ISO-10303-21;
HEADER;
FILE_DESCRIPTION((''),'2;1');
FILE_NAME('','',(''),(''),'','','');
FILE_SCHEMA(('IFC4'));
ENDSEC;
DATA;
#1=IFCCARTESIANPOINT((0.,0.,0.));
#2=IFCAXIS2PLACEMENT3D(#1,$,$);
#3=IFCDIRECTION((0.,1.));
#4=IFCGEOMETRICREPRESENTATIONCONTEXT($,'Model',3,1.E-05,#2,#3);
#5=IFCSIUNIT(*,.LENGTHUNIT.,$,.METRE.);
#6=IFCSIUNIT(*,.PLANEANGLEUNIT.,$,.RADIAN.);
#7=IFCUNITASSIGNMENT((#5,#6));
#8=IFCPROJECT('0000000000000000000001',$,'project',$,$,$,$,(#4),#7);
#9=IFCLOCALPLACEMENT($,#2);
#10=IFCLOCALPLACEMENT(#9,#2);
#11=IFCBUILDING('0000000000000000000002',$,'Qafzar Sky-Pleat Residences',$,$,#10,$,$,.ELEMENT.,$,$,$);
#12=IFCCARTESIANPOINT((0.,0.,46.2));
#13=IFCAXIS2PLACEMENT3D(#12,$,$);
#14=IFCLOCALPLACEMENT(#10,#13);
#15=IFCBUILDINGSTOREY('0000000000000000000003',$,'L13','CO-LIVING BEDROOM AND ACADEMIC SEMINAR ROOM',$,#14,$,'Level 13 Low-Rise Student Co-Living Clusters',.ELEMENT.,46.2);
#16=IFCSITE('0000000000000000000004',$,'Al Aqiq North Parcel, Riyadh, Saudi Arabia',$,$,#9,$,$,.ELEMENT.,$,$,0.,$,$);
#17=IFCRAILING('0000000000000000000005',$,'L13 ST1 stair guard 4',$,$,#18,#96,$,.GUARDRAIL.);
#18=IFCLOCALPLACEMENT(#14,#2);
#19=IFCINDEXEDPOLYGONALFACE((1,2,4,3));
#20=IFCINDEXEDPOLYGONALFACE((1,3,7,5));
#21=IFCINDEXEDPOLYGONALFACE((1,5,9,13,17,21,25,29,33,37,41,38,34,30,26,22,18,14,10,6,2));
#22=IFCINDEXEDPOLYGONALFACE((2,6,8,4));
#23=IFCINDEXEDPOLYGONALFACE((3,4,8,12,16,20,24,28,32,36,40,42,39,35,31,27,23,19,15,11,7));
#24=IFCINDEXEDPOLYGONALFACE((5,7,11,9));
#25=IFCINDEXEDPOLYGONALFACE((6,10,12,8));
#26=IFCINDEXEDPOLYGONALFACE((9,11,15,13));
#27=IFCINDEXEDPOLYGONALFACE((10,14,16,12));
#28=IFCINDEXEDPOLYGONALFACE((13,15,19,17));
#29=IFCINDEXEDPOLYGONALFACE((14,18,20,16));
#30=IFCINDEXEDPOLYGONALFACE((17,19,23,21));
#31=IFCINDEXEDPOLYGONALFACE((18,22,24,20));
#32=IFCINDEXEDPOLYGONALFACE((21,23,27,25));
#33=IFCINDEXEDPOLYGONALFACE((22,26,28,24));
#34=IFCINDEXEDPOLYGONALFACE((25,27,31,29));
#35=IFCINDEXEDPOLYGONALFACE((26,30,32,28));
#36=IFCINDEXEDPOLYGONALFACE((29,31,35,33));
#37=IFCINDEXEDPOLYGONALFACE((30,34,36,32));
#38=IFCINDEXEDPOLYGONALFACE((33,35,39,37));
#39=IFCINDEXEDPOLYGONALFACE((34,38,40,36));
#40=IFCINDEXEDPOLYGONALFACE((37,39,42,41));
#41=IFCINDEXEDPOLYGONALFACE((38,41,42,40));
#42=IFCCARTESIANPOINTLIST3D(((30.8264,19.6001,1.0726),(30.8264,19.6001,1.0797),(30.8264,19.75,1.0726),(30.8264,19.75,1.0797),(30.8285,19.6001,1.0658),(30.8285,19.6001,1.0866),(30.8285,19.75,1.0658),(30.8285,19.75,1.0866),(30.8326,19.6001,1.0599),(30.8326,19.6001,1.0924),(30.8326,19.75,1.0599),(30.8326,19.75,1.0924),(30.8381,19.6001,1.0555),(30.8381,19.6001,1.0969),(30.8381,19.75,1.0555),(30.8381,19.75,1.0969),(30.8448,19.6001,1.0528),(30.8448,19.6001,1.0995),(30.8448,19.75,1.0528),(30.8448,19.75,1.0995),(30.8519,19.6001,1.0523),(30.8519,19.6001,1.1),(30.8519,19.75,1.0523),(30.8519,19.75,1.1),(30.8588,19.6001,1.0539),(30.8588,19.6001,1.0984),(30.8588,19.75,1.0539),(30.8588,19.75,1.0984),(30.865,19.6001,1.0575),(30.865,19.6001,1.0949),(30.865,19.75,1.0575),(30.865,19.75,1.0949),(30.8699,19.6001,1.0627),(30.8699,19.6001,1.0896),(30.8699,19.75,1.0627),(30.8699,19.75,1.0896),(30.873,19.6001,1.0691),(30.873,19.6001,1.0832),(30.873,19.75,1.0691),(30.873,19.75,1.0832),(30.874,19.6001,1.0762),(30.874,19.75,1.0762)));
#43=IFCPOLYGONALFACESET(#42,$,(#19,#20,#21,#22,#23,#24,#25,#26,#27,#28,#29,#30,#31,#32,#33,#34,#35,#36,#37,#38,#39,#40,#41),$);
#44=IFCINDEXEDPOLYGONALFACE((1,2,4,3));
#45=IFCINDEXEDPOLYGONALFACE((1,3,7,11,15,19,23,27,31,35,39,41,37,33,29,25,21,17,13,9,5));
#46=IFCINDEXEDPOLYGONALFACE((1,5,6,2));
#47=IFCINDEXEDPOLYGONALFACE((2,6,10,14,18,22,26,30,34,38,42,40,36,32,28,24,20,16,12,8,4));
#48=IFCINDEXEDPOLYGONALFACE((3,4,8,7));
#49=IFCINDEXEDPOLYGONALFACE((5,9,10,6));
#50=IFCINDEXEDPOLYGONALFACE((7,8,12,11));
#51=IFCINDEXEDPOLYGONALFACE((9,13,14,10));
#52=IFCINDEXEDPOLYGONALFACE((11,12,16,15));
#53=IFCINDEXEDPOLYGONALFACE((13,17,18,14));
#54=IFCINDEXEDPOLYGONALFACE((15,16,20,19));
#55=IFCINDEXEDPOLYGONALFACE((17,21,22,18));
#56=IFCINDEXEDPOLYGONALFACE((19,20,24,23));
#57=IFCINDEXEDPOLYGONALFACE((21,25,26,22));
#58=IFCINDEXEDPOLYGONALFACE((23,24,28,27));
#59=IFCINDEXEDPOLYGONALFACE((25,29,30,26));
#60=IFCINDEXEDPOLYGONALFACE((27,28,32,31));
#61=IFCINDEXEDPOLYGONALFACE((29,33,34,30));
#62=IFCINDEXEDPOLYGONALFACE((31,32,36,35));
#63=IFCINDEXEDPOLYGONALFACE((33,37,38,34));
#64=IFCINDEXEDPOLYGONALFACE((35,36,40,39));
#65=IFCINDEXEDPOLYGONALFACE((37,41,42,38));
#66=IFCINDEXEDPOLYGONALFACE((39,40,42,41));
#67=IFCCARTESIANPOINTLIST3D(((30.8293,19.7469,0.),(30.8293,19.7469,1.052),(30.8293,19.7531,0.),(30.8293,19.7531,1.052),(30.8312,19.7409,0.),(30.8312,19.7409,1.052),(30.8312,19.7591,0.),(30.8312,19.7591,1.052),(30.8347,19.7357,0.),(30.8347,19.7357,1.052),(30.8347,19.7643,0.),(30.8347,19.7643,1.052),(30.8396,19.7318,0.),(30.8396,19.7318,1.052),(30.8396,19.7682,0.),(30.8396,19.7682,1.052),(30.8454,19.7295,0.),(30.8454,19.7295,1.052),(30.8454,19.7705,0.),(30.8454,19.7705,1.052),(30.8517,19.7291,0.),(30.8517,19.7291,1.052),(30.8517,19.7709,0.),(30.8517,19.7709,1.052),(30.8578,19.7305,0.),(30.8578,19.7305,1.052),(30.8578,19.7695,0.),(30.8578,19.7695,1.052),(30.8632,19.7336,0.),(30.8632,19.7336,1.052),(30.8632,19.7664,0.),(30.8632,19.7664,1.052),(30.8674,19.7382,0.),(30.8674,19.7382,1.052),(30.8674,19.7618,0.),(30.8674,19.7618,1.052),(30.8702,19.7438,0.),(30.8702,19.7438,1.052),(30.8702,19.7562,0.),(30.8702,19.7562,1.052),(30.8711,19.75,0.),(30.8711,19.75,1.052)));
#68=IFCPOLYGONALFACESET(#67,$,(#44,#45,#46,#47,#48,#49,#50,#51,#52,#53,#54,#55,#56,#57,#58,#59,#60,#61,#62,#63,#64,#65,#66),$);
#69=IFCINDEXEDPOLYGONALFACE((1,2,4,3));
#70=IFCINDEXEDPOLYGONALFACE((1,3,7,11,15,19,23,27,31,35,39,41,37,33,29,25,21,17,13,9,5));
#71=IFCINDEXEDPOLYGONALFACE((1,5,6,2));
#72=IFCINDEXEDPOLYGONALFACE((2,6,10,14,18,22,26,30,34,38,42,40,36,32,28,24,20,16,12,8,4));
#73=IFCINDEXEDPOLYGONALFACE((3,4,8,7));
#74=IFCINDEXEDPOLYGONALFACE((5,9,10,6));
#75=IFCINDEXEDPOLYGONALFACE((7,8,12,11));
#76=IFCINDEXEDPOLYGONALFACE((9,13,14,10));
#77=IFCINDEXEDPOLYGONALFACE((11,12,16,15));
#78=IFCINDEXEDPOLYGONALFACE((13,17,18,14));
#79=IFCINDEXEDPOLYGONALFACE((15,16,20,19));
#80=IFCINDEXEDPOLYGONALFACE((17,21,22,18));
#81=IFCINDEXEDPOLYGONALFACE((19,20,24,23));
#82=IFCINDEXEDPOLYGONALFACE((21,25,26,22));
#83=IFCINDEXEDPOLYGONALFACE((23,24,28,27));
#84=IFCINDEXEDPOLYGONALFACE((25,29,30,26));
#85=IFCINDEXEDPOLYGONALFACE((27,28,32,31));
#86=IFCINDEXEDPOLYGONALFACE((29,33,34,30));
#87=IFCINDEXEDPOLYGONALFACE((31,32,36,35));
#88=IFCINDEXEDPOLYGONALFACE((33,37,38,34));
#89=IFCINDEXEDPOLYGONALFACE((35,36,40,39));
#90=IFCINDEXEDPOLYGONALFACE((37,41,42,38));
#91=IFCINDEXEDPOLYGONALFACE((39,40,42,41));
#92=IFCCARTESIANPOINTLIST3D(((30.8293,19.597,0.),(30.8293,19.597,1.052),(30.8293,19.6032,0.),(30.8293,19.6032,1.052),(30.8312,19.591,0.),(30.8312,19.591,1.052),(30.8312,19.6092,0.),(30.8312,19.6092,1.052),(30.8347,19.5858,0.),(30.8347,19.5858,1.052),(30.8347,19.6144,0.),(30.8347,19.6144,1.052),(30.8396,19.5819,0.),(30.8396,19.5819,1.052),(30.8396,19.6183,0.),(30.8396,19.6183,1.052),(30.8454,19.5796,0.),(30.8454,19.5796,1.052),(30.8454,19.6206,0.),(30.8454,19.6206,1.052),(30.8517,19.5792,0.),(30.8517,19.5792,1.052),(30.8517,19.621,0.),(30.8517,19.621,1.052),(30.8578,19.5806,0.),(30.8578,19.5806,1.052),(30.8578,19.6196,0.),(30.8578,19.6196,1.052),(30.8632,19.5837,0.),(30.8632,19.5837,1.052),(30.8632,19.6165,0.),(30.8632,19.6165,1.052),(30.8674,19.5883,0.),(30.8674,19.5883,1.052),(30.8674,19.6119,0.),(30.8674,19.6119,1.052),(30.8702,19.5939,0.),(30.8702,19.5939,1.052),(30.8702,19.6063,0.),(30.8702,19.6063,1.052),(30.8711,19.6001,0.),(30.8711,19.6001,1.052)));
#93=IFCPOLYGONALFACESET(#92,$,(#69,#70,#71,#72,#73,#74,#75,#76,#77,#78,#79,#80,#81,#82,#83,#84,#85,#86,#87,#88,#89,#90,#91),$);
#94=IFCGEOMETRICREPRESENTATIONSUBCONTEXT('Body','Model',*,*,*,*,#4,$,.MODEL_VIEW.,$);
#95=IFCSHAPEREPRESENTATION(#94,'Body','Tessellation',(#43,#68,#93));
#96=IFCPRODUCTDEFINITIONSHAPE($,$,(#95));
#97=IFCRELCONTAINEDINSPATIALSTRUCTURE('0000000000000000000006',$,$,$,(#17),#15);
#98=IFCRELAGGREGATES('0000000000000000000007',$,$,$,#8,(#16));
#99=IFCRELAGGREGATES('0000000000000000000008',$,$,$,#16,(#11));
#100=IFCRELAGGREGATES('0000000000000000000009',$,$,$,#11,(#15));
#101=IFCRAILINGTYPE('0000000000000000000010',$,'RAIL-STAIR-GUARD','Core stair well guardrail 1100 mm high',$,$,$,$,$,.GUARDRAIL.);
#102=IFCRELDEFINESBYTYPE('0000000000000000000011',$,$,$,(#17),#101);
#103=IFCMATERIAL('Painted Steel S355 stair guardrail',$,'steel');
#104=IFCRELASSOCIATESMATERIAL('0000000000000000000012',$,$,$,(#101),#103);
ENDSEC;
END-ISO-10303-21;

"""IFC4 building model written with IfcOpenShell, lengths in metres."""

from ifc_helpers import new_model, si_unit, direction, frame, origin, origin_2d, place, context, subcontext, project, spatial, circle, extrude, source, transform, mapped, material, type_object, element, save


model = new_model("IFC4")

# Units and contexts
model_context = context("Model", 3, precision=1e-05, world=origin(), true_north=direction((0.0, 1.0)))
body_context = subcontext(model_context, "Body", "Model", "MODEL_VIEW")
ifc_project = project(units=[si_unit("LENGTHUNIT", "METRE"), si_unit("PLANEANGLEUNIT", "RADIAN")], contexts=[model_context])

# Site, building, storey
site_placement = place(None, origin())
site = spatial("IfcSite", under=ifc_project, at=site_placement, Name="Al Aqiq North Parcel, Riyadh, Saudi Arabia", CompositionType="ELEMENT", RefElevation=0.0)
building_placement = place(site_placement, origin())
building = spatial("IfcBuilding", under=site, at=building_placement, Name="Qafzar Sky-Pleat Residences", CompositionType="ELEMENT")
storey_placement = place(building_placement, frame((0.0, 0.0, 46.2)))
storey = spatial("IfcBuildingStorey", under=building, at=storey_placement, Name="L13", Description="CO-LIVING BEDROOM AND ACADEMIC SEMINAR ROOM", LongName="Level 13 Low-Rise Student Co-Living Clusters", CompositionType="ELEMENT", Elevation=46.2)

# Railing
ifc_material_1 = material(Name="Painted Steel S355 stair guardrail", Category="steel")
railing_type_1 = type_object("IfcRailingType", Name="RAIL-STAIR-GUARD", Description="Core stair well guardrail 1100 mm high", PredefinedType="GUARDRAIL", material=ifc_material_1)
shared_shape_1 = source(origin(), body_context, "Body", "SweptSolid", [
    extrude(circle(Radius=0.0239, at=origin_2d()), frame((0.0, 0.0, 1.0762), z_axis=(0.0, -1.0, 0.0), x_axis=(1.0, 0.0, 0.0)), (0.0, 0.0, 1.0), 0.1499),
    extrude(circle(Radius=0.021, at=origin_2d()), origin(), (0.0, 0.0, 1.0), 1.052),
    extrude(circle(Radius=0.021, at=origin_2d()), frame((0.0, -0.1499, 0.0)), (0.0, 0.0, 1.0), 1.052),
])
for number, where, name in (
    (1, (30.8501, 19.75, 0.0), "L13 ST1 stair guard 4"),
):
    element("IfcRailing", number, at=place(storey_placement, frame(where)), inside=storey, type_object=railing_type_1, Name=name, PredefinedType="GUARDRAIL", context=body_context, shape_type="MappedRepresentation", body=[
        mapped(shared_shape_1, transform((0.0, 0.0, 0.0), x_axis=(1.0, 0.0, 0.0), y_axis=(0.0, 1.0, 0.0), z_axis=(0.0, 0.0, 1.0), scale=1.0)),
    ])

save(model, "model.ifc")
